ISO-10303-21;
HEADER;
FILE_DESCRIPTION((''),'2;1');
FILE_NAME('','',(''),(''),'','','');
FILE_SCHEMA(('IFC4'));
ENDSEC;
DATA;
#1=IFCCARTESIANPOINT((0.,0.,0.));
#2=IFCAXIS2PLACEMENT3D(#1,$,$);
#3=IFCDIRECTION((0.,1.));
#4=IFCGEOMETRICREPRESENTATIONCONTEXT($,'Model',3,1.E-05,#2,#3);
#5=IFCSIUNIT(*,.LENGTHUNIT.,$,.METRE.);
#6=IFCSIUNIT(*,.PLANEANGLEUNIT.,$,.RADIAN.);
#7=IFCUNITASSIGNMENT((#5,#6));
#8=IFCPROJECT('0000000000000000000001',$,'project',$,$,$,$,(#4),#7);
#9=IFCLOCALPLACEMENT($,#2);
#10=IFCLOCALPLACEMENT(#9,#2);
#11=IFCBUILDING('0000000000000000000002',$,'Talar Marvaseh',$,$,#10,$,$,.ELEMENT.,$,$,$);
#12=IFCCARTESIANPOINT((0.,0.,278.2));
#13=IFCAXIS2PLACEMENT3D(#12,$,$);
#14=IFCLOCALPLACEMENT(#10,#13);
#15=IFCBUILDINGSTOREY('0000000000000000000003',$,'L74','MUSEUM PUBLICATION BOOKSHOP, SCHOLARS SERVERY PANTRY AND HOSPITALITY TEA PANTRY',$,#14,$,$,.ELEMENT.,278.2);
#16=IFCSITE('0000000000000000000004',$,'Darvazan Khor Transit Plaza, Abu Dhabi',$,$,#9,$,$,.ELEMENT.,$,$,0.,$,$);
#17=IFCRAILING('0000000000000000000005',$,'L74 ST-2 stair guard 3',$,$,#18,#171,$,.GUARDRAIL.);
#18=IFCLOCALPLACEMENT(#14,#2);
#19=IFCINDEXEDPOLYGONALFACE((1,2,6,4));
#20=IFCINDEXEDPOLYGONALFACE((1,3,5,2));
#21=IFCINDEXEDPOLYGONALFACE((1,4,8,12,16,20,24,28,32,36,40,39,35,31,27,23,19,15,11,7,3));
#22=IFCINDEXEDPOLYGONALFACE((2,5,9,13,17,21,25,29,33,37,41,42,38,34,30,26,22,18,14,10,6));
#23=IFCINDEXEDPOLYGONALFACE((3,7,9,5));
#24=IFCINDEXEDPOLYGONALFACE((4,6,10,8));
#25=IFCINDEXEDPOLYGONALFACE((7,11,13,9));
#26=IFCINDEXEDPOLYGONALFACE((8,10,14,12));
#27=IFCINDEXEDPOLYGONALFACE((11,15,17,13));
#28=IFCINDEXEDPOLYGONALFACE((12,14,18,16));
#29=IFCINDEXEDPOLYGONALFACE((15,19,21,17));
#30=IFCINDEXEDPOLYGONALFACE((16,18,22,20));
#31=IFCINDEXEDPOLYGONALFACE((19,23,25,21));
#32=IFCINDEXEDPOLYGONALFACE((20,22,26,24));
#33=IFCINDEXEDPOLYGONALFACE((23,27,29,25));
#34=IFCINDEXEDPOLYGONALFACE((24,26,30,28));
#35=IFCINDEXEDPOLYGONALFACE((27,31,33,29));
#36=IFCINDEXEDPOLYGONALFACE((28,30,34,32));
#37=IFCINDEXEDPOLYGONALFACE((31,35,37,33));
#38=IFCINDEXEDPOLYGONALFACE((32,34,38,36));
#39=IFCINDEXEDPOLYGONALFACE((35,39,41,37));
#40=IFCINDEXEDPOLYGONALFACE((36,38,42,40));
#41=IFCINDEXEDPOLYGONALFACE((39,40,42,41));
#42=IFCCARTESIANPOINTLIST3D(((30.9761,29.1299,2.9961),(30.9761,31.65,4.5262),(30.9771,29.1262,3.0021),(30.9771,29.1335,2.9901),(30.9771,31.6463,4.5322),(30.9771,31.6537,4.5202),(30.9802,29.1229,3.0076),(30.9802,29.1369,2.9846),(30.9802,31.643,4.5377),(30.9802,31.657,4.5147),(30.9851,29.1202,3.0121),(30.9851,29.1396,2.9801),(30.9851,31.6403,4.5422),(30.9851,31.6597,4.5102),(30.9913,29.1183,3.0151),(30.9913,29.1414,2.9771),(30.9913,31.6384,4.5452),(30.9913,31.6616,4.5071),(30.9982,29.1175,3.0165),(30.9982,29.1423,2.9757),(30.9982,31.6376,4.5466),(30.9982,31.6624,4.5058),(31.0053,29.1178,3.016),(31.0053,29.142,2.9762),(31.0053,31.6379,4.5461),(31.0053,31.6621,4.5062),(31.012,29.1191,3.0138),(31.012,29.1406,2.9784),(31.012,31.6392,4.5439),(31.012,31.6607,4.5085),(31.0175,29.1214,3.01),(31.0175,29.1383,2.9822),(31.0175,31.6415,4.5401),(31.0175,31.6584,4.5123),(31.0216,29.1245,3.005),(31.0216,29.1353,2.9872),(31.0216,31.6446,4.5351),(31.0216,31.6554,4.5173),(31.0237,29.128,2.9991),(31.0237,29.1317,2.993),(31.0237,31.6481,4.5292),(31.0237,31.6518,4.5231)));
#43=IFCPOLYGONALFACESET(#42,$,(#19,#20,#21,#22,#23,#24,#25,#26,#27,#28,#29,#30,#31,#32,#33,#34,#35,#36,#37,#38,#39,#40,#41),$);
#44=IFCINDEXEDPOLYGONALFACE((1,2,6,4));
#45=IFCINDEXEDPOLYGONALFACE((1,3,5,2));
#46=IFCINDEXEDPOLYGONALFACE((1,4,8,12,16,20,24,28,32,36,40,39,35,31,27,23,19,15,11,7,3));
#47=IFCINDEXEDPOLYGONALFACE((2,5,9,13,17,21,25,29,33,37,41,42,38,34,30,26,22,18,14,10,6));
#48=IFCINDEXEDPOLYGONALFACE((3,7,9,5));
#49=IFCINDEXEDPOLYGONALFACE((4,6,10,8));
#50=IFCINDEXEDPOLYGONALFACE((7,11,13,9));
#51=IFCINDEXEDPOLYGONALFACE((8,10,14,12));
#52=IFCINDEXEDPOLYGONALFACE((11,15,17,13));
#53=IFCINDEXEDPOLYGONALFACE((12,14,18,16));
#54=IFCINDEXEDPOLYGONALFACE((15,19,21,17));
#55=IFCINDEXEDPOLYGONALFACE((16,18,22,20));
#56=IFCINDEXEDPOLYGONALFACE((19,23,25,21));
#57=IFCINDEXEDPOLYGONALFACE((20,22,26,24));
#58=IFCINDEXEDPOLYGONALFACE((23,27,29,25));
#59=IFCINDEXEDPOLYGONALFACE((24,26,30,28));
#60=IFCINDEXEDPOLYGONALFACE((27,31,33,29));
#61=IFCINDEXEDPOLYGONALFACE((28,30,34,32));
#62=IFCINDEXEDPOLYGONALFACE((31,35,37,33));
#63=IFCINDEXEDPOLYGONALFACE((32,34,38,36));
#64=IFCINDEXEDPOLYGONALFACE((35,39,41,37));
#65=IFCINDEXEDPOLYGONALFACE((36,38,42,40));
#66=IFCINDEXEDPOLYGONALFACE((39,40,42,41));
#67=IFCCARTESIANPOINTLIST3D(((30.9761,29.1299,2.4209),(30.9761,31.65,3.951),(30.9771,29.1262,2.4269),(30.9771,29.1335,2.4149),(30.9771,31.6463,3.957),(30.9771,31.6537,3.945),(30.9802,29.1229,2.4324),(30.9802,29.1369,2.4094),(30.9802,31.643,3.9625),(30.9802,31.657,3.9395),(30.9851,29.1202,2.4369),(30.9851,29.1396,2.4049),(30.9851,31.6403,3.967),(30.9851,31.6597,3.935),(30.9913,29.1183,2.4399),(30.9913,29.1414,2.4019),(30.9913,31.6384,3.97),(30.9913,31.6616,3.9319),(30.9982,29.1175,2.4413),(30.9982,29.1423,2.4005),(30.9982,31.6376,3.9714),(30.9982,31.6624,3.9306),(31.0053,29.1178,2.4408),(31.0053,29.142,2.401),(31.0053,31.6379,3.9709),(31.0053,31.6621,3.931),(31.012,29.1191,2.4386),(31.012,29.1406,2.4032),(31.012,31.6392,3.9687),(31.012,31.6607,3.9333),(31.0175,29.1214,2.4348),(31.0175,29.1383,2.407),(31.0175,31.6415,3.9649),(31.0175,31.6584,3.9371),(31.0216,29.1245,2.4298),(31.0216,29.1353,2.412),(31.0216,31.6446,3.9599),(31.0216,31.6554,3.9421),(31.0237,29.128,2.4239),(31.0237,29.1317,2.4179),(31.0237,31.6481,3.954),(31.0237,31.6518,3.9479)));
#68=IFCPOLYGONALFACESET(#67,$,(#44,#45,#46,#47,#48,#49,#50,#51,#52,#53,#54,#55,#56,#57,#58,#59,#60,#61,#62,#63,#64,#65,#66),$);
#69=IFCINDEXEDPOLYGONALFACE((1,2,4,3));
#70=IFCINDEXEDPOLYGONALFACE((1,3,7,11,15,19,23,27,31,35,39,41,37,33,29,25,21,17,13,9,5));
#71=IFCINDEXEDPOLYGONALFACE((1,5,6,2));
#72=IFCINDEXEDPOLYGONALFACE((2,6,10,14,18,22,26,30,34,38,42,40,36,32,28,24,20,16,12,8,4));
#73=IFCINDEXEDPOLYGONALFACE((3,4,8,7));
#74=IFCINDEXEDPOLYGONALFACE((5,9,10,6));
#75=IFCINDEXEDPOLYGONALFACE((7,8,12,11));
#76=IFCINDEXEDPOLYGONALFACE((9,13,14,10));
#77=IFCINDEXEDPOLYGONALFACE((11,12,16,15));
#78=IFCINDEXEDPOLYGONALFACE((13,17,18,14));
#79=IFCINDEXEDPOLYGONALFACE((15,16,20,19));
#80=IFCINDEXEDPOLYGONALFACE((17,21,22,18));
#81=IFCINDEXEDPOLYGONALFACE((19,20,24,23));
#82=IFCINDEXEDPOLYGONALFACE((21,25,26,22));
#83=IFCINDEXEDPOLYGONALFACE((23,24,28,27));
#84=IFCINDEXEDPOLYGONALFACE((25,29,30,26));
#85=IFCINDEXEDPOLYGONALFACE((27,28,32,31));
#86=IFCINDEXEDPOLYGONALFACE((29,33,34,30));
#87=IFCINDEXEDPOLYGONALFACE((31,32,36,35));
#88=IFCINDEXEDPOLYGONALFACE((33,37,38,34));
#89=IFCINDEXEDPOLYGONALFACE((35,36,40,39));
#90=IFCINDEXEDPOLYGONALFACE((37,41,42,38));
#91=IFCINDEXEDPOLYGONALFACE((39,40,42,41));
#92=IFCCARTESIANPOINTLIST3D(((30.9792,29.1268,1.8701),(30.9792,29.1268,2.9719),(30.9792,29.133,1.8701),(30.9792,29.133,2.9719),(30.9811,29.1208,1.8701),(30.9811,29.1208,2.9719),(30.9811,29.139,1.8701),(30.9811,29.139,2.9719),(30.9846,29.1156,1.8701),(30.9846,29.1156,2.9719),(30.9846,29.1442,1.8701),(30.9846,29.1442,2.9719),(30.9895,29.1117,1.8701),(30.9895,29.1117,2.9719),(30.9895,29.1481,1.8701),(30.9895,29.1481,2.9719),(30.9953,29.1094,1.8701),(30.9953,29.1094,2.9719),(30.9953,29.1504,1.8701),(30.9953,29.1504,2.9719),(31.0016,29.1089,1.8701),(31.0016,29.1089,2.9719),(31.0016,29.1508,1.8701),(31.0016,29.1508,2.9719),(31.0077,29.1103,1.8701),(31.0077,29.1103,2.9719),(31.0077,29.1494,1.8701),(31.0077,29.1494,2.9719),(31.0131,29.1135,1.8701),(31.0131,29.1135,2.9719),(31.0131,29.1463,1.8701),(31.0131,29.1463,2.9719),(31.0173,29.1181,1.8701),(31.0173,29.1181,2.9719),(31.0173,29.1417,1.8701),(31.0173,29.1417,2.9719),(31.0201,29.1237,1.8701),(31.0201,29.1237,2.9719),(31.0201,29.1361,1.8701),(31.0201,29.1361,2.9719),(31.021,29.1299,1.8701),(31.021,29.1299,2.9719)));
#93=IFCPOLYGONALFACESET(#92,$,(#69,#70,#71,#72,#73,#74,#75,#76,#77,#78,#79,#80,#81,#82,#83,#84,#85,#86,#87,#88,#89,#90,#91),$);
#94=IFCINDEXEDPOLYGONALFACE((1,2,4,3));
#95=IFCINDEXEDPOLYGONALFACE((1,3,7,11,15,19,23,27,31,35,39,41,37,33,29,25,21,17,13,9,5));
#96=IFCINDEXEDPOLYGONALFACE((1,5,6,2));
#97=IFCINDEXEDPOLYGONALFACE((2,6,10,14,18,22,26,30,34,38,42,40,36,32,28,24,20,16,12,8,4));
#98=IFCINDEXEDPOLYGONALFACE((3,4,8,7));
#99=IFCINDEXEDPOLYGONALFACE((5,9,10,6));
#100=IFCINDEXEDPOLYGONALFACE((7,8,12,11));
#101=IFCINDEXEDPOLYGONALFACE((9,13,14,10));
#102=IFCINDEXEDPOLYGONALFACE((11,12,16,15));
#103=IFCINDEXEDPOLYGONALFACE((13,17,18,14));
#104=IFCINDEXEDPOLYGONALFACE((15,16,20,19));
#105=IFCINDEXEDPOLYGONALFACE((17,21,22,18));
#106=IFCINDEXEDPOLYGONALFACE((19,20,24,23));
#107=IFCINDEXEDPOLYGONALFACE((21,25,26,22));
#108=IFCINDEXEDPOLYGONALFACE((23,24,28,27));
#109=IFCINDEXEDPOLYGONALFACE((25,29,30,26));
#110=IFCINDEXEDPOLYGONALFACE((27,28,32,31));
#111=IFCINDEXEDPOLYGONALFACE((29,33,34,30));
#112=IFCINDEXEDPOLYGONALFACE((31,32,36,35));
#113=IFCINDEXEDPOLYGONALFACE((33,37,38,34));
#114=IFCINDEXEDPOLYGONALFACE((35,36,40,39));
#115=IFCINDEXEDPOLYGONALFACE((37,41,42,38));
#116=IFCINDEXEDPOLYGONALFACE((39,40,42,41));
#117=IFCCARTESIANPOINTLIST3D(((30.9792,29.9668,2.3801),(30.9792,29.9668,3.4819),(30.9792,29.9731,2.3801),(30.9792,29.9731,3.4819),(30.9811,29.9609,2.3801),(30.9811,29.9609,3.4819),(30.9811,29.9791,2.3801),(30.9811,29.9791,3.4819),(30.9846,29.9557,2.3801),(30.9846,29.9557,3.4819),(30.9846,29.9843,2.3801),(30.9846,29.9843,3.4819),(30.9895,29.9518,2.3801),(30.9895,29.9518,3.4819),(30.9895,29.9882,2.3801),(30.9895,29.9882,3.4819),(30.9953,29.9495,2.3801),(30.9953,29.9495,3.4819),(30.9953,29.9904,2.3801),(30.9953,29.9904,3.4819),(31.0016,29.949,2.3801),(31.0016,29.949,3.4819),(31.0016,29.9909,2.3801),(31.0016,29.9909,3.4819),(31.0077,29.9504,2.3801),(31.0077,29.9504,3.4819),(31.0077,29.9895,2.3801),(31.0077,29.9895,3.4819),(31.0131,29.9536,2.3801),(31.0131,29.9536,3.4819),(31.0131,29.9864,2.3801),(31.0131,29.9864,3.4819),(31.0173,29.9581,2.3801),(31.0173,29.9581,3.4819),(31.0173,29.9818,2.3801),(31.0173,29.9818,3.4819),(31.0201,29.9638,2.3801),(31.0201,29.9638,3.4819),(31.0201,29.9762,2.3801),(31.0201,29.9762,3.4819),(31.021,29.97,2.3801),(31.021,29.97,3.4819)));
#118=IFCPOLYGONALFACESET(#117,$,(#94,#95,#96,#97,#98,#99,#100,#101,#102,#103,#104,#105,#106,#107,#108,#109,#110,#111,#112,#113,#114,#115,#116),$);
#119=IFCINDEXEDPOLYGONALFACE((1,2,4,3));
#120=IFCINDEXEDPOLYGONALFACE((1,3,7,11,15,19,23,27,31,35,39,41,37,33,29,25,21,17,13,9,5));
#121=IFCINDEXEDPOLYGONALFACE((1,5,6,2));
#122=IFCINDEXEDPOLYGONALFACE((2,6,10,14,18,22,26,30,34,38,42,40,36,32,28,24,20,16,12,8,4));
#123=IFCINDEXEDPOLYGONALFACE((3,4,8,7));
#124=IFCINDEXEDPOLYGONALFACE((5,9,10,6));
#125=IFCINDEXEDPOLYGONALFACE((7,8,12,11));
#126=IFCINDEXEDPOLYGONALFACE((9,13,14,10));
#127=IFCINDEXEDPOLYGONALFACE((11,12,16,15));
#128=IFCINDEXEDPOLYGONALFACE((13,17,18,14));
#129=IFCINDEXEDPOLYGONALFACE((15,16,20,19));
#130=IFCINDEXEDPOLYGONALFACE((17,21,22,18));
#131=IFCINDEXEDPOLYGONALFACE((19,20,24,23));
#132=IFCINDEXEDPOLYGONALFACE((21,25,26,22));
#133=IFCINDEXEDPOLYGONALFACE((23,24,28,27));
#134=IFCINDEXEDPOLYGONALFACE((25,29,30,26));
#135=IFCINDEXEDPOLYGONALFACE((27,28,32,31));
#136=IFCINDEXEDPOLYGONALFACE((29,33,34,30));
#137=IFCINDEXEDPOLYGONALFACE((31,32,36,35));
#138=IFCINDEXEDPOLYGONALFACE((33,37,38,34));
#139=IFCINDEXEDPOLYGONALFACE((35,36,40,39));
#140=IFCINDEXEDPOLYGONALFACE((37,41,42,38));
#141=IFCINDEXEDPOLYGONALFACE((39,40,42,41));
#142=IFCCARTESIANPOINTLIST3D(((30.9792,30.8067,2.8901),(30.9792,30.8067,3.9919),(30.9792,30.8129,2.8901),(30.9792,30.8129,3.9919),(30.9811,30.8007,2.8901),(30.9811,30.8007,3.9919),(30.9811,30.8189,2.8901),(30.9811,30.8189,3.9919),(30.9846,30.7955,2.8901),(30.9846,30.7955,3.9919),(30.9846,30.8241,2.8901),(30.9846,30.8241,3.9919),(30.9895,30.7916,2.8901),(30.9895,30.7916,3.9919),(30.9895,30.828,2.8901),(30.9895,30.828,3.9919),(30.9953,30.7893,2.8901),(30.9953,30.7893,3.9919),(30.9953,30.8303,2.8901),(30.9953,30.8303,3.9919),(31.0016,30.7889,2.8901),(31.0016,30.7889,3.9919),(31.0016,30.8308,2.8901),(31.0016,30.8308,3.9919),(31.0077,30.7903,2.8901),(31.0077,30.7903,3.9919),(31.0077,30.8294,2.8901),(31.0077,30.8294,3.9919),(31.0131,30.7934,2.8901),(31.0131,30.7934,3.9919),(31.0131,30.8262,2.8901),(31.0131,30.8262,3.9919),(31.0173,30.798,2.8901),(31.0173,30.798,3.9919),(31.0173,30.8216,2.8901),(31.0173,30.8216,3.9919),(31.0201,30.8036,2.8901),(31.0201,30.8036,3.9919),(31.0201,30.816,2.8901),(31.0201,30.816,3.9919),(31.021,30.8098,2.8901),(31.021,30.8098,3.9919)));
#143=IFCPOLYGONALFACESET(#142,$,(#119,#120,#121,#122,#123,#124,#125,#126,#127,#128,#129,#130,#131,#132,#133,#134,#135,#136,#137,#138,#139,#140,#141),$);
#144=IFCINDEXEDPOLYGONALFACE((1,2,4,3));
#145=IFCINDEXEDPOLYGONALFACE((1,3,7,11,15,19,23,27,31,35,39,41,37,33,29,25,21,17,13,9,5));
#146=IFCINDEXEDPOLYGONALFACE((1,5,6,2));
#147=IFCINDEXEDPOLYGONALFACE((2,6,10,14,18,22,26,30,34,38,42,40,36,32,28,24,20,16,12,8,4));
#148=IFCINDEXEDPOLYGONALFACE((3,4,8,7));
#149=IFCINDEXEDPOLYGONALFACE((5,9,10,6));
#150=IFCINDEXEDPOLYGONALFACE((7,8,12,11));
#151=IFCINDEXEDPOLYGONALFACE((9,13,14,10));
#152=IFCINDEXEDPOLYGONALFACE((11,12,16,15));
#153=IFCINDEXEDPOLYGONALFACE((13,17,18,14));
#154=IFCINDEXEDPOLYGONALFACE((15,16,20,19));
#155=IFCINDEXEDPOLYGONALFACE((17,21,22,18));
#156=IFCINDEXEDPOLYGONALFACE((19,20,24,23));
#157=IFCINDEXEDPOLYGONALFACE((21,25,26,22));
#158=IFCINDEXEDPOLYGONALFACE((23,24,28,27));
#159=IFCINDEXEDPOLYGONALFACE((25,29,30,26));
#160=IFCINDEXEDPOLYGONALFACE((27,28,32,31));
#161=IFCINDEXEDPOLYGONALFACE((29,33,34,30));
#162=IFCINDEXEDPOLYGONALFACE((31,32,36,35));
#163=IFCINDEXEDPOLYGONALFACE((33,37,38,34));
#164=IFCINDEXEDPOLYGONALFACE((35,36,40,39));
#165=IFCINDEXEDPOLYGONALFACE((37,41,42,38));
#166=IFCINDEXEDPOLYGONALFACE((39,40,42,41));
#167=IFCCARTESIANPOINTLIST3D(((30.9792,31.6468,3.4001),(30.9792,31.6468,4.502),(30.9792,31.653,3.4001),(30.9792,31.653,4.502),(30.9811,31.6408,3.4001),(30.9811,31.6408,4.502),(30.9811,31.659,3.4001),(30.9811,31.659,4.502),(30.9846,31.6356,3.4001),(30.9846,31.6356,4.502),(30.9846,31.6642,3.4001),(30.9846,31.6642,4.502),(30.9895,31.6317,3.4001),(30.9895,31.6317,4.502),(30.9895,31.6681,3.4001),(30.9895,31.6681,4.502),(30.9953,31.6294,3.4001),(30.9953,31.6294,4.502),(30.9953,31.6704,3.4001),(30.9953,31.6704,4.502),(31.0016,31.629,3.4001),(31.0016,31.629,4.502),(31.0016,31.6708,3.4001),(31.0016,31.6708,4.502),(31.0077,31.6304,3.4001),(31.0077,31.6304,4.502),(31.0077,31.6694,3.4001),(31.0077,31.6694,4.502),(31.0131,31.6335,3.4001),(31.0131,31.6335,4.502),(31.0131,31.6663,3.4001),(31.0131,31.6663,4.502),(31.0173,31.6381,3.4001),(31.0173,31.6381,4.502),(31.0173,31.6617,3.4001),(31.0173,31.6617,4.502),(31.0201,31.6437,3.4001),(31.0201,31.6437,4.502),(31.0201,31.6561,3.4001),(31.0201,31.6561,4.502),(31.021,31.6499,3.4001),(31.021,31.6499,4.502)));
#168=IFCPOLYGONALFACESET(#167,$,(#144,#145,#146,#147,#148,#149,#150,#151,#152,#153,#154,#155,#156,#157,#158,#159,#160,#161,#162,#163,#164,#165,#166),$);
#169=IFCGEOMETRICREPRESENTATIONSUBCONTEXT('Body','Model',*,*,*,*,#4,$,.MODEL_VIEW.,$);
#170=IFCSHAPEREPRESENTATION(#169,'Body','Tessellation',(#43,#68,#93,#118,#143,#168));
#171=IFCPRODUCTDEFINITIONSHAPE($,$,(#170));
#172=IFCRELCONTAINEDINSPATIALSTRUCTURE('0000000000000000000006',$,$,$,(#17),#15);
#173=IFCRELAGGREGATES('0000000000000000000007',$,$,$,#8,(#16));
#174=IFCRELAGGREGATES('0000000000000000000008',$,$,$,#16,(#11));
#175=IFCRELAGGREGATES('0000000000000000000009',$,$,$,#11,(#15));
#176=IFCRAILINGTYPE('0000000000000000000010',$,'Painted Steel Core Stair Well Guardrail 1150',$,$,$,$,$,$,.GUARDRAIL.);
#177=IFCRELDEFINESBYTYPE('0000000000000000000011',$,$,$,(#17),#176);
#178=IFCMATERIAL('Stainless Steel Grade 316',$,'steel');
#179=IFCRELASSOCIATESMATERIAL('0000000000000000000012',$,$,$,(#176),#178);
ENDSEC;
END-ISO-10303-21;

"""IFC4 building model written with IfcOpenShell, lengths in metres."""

from ifc_helpers import new_model, si_unit, direction, frame, origin, origin_2d, place, context, subcontext, project, spatial, circle, extrude, material, type_object, element, save


model = new_model("IFC4")

# Units and contexts
model_context = context("Model", 3, precision=1e-05, world=origin(), true_north=direction((0.0, 1.0)))
body_context = subcontext(model_context, "Body", "Model", "MODEL_VIEW")
ifc_project = project(units=[si_unit("LENGTHUNIT", "METRE"), si_unit("PLANEANGLEUNIT", "RADIAN")], contexts=[model_context])

# Site, building, storey
site_placement = place(None, origin())
site = spatial("IfcSite", under=ifc_project, at=site_placement, Name="Darvazan Khor Transit Plaza, Abu Dhabi", CompositionType="ELEMENT", RefElevation=0.0)
building_placement = place(site_placement, origin())
building = spatial("IfcBuilding", under=site, at=building_placement, Name="Talar Marvaseh", CompositionType="ELEMENT")
storey_placement = place(building_placement, frame((0.0, 0.0, 278.2)))
storey = spatial("IfcBuildingStorey", under=building, at=storey_placement, Name="L74", Description="MUSEUM PUBLICATION BOOKSHOP, SCHOLARS SERVERY PANTRY AND HOSPITALITY TEA PANTRY", CompositionType="ELEMENT", Elevation=278.2)

# Shared definitions
ifc_material_1 = material(Name="Stainless Steel Grade 316", Category="steel")

# Railing
railing_type_1 = type_object("IfcRailingType", Name="Painted Steel Core Stair Well Guardrail 1150", PredefinedType="GUARDRAIL", material=ifc_material_1)
railing_1_placement = place(storey_placement, frame((31.0, 29.1299, 1.8701)))
element("IfcRailing", 1, at=railing_1_placement, inside=storey, type_object=railing_type_1, Name="L74 ST-2 stair guard 3", PredefinedType="GUARDRAIL", context=body_context, shape_type="SweptSolid", body=[
    extrude(circle(Radius=0.0239, at=origin_2d()), frame((0.0, 0.0, 1.126), z_axis=(0.0, 0.854785, 0.518982), x_axis=(-1.0, 0.0, 0.0)), (0.0, 0.0, 1.0), 2.9482),
    extrude(circle(Radius=0.0239, at=origin_2d()), frame((0.0, 0.0, 0.5508), z_axis=(0.0, 0.854785, 0.518982), x_axis=(-1.0, 0.0, 0.0)), (0.0, 0.0, 1.0), 2.9482),
    extrude(circle(Radius=0.021, at=origin_2d()), origin(), (0.0, 0.0, 1.0), 1.1018),
    extrude(circle(Radius=0.021, at=origin_2d()), frame((0.0, 0.8401, 0.51)), (0.0, 0.0, 1.0), 1.1018),
    extrude(circle(Radius=0.021, at=origin_2d()), frame((0.0, 1.6799, 1.02)), (0.0, 0.0, 1.0), 1.1018),
    extrude(circle(Radius=0.021, at=origin_2d()), frame((0.0, 2.52, 1.53)), (0.0, 0.0, 1.0), 1.1018),
])

save(model, "model.ifc")
